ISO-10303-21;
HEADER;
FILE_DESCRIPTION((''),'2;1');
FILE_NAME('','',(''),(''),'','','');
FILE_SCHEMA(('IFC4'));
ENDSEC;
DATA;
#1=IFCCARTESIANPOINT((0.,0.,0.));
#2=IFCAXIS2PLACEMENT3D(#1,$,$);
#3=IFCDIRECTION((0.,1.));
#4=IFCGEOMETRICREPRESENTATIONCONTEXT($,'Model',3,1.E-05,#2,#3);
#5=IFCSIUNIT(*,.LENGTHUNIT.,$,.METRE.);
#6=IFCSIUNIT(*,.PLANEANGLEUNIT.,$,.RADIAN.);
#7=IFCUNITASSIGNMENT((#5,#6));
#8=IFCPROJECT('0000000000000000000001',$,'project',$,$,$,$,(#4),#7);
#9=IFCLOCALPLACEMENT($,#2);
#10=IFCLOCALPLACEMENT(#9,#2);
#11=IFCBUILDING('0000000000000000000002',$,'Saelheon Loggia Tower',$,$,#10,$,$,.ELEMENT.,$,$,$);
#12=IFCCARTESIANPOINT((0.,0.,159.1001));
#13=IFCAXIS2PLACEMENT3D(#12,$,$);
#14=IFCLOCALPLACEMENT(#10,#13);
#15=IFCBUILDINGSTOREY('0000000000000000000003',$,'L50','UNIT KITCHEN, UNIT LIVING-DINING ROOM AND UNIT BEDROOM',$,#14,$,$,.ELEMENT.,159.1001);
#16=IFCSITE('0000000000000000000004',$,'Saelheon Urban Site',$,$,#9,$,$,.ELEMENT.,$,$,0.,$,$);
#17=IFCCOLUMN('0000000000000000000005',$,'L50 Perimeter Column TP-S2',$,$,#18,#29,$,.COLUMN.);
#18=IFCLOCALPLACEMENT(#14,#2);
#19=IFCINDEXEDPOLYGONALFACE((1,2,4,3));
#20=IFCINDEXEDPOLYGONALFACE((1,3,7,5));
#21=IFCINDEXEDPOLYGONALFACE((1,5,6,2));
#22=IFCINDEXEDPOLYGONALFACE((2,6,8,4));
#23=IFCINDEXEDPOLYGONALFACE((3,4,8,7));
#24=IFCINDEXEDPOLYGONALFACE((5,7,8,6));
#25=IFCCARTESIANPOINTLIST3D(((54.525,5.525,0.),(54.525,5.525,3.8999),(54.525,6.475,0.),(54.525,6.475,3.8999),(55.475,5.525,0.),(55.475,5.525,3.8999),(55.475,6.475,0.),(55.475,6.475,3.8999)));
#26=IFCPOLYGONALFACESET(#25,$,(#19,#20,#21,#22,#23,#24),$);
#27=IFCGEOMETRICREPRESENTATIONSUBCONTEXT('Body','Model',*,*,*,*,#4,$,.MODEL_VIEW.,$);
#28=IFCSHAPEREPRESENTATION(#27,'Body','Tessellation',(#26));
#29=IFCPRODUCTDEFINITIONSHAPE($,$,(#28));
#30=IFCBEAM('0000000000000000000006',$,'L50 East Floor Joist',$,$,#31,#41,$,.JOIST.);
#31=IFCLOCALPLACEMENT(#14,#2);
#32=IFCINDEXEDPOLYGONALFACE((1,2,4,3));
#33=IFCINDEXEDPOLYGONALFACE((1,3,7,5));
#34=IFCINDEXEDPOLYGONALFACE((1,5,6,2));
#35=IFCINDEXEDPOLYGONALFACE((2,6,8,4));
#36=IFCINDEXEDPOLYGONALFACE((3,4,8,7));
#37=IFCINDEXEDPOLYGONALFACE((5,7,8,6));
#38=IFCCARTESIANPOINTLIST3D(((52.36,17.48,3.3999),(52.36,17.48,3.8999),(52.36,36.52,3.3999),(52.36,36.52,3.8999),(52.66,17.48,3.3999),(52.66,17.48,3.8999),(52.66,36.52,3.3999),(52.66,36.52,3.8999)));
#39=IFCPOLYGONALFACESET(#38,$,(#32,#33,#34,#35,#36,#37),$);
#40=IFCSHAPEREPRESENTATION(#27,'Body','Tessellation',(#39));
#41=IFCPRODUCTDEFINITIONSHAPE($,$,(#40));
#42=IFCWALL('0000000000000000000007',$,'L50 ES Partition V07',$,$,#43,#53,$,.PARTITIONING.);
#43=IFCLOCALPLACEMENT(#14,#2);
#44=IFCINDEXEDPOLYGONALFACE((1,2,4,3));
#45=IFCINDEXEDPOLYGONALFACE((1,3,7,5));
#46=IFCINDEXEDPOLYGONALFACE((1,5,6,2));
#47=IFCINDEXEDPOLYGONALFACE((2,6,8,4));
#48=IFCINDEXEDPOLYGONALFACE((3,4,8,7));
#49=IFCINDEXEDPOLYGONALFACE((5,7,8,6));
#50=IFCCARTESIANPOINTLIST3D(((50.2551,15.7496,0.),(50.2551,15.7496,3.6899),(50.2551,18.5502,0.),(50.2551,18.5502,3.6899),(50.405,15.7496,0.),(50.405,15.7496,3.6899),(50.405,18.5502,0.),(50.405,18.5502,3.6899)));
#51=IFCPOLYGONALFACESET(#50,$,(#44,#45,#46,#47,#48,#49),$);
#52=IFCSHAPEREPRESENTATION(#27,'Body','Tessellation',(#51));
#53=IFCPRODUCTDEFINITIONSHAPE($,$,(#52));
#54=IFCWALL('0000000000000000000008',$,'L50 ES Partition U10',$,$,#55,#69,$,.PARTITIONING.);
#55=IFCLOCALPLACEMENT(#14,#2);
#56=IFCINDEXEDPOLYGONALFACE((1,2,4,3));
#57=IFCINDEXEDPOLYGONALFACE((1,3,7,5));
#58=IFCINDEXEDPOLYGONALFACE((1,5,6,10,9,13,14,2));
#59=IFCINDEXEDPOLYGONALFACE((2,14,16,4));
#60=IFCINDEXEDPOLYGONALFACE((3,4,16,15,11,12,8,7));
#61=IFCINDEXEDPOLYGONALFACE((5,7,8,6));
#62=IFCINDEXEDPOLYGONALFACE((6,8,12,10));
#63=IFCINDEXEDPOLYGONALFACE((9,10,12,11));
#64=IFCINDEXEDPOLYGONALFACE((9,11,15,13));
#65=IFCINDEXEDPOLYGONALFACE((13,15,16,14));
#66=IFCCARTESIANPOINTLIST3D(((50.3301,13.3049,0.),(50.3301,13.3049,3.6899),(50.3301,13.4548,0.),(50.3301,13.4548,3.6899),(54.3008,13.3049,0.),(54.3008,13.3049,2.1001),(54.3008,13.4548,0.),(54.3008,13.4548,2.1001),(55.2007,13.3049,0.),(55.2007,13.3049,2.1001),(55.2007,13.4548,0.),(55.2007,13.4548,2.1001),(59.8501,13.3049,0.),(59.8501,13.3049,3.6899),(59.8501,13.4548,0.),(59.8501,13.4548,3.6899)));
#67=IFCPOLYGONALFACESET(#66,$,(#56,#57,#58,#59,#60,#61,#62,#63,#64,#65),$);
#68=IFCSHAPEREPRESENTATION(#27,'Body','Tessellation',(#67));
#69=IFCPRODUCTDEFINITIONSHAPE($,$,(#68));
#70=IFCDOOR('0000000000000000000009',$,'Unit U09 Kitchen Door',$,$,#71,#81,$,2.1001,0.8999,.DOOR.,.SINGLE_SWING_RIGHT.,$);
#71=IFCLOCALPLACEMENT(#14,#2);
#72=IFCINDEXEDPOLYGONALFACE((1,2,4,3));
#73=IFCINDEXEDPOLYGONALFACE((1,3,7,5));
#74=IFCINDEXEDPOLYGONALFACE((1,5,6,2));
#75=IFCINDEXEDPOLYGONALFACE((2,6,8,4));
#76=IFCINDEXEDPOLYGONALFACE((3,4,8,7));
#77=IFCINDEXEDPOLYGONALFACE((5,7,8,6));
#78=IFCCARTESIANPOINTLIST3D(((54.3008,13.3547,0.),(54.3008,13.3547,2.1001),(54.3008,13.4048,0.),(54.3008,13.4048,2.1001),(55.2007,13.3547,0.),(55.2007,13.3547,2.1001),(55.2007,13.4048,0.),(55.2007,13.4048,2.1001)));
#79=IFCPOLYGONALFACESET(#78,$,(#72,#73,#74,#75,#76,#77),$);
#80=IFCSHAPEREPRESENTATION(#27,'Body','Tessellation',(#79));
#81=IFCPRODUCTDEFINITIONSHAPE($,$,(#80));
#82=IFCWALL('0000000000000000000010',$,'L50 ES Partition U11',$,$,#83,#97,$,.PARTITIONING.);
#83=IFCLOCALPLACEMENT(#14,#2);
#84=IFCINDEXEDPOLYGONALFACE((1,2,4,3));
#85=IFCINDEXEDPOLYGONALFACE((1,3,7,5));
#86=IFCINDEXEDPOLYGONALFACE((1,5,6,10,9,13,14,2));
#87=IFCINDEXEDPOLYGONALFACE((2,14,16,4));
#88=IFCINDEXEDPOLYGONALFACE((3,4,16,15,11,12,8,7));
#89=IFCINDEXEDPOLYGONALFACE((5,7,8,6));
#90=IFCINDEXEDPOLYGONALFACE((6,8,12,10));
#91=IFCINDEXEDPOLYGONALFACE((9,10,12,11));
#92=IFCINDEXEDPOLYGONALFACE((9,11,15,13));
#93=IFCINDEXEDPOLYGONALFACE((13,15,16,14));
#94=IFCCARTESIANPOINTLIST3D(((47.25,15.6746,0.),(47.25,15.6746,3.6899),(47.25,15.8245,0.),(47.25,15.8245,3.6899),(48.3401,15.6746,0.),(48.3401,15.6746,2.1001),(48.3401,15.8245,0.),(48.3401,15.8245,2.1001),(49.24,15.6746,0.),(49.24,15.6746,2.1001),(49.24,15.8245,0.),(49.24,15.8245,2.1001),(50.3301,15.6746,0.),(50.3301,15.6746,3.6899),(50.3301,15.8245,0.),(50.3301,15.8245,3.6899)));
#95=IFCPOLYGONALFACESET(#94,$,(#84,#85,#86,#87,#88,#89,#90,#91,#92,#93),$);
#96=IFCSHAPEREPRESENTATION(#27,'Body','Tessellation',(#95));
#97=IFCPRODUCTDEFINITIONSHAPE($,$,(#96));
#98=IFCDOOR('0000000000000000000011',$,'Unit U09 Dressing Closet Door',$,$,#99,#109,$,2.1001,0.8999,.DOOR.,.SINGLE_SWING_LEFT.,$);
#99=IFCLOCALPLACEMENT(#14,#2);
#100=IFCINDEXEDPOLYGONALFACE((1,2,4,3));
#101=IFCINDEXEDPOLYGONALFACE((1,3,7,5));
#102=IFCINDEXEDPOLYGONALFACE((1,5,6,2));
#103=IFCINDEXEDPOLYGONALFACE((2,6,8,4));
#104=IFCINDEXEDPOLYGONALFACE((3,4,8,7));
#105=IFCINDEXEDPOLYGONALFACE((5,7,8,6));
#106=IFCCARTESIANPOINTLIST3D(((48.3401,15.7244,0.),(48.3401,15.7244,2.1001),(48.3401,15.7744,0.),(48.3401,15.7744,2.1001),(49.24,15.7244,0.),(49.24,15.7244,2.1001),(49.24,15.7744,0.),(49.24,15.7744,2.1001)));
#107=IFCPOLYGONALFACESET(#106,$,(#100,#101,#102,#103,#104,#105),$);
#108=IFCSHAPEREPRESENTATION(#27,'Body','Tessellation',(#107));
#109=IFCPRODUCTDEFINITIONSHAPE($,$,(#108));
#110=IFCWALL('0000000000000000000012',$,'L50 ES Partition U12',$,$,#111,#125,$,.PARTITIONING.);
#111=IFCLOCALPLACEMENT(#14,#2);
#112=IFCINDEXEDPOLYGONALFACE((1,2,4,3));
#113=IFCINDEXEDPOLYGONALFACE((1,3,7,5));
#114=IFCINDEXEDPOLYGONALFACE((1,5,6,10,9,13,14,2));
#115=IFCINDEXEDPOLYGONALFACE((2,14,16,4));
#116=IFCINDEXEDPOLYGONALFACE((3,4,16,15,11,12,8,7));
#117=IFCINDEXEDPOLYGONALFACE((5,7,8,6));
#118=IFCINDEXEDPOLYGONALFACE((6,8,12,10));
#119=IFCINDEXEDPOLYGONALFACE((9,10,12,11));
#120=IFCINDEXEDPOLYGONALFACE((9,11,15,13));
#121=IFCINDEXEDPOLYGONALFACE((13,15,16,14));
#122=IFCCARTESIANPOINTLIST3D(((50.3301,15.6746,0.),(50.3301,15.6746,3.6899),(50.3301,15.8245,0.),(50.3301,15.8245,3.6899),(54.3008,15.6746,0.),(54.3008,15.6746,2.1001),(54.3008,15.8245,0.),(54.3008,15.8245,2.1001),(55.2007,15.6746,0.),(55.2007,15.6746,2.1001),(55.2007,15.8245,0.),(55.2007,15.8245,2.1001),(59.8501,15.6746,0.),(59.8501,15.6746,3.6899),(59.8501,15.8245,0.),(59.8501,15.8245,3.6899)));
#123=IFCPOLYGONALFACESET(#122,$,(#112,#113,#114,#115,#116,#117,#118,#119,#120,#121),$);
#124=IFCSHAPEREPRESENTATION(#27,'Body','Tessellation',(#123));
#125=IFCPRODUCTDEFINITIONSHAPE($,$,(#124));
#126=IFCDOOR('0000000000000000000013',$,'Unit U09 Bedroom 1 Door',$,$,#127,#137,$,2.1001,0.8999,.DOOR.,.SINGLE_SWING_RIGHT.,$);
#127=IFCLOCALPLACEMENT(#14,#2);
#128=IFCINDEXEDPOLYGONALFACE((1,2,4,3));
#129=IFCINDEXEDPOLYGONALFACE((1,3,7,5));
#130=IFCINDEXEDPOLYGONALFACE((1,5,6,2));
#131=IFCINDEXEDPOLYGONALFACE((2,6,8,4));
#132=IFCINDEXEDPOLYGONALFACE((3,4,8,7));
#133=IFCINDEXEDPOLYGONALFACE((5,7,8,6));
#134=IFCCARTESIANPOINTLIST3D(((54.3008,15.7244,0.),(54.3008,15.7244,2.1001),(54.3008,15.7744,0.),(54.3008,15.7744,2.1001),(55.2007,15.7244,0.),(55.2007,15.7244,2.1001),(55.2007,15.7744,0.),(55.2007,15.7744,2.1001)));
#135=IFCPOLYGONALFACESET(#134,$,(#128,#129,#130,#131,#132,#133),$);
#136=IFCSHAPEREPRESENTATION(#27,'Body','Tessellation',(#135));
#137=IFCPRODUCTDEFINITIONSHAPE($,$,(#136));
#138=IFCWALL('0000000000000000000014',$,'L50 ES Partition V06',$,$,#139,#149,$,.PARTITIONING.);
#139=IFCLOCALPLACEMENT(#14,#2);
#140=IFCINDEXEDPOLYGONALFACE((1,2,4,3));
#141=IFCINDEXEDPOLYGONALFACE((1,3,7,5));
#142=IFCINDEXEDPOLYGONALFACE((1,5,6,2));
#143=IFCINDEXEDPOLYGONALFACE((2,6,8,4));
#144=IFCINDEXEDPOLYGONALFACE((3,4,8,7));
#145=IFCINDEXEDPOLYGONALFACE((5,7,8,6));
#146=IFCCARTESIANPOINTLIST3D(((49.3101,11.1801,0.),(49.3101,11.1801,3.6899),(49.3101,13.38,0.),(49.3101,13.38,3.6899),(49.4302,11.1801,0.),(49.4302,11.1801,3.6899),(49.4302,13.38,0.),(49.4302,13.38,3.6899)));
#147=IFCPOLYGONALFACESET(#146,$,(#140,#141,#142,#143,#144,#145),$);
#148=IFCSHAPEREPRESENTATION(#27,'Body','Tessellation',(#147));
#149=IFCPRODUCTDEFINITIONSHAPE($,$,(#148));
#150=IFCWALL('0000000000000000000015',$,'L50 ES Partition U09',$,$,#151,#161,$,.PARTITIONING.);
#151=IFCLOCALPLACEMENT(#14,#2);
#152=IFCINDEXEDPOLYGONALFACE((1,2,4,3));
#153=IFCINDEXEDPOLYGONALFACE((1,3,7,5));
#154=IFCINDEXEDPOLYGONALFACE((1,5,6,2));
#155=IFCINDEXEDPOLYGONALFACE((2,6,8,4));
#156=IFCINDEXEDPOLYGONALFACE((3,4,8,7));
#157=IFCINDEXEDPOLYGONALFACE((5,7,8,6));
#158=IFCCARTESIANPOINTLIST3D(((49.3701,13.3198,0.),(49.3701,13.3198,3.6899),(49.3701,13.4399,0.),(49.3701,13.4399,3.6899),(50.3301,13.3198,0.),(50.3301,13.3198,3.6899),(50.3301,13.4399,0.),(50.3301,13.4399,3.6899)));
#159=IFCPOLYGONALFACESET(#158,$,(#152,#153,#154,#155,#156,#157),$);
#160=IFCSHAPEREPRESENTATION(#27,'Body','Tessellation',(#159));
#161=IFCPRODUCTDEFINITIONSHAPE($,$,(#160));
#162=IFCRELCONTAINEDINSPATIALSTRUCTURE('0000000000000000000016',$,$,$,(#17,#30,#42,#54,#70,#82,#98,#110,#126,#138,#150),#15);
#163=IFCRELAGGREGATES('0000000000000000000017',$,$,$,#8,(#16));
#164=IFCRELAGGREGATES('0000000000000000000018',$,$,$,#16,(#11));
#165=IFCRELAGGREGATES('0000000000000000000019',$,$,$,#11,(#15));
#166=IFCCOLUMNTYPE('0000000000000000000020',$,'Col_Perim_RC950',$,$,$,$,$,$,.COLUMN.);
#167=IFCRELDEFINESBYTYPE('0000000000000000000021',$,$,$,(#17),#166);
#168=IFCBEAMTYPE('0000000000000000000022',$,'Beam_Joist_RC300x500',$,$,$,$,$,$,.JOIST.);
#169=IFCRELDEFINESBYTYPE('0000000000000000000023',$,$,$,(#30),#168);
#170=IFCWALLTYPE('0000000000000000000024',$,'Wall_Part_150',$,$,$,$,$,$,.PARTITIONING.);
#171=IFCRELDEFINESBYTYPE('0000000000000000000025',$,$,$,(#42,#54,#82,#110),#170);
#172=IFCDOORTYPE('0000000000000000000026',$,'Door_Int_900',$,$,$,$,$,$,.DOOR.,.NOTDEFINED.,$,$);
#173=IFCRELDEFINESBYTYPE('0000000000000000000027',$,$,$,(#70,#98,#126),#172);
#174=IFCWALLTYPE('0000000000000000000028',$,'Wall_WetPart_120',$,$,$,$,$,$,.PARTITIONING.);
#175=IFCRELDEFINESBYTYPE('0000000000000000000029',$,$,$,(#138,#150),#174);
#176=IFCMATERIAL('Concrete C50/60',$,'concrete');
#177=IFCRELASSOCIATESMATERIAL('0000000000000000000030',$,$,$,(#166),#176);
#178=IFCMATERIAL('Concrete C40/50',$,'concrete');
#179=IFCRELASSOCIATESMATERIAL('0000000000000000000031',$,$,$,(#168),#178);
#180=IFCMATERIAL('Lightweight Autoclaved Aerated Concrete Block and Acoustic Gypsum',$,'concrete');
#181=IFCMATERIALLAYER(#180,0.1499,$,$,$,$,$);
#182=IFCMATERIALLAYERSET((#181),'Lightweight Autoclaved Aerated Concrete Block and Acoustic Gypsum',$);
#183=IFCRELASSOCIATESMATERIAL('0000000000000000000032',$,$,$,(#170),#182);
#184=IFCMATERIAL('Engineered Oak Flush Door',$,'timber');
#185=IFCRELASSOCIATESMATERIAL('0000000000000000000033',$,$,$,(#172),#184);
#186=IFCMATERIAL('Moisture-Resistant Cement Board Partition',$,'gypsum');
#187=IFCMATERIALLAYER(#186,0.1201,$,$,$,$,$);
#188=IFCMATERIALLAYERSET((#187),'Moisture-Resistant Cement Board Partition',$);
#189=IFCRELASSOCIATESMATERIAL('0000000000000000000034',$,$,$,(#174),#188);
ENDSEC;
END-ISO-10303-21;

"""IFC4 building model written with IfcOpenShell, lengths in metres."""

from ifc_helpers import new_model, si_unit, direction, frame, frame_2d, origin, origin_2d, place, context, subcontext, project, spatial, rectangle, extrude, source, transform, mapped, material, layer, layer_set, material_profile, profile_set, type_object, element, fill, save


model = new_model("IFC4")

# Units and contexts
model_context = context("Model", 3, precision=1e-05, world=origin(), true_north=direction((0.0, 1.0)))
body_context = subcontext(model_context, "Body", "Model", "MODEL_VIEW")
ifc_project = project(units=[si_unit("LENGTHUNIT", "METRE"), si_unit("PLANEANGLEUNIT", "RADIAN")], contexts=[model_context])

# Site, building, storey
site_placement = place(None, origin())
site = spatial("IfcSite", under=ifc_project, at=site_placement, Name="Saelheon Urban Site", CompositionType="ELEMENT", RefElevation=0.0)
building_placement = place(site_placement, origin())
building = spatial("IfcBuilding", under=site, at=building_placement, Name="Saelheon Loggia Tower", CompositionType="ELEMENT")
storey_placement = place(building_placement, frame((0.0, 0.0, 159.1001)))
storey = spatial("IfcBuildingStorey", under=building, at=storey_placement, Name="L50", Description="UNIT KITCHEN, UNIT LIVING-DINING ROOM AND UNIT BEDROOM", CompositionType="ELEMENT", Elevation=159.1001)

# Column
ifc_material_1 = material(Name="Concrete C50/60", Category="concrete")
ifc_material_profile_1 = material_profile(ifc_material_1, rectangle(XDim=0.95, YDim=0.95, at=origin_2d()), Name="RC-950x950")
ifc_profile_set_1 = profile_set([ifc_material_profile_1], Name="Concrete C50/60")
column_type = type_object("IfcColumnType", Name="Col_Perim_RC950", PredefinedType="COLUMN", material=ifc_profile_set_1)
shared_shape_1 = source(origin(), body_context, "Body", "SweptSolid", [
    extrude(rectangle(XDim=0.95, YDim=0.95, at=origin_2d()), origin(), (0.0, 0.0, 1.0), 3.8999),
])
column_placement = place(storey_placement, frame((55.0, 6.0, 0.0), z_axis=(0.0, 0.0, 1.0), x_axis=(1.0, 0.0, 0.0)))
element("IfcColumn", 1, at=column_placement, inside=storey, type_object=column_type, Name="L50 Perimeter Column TP-S2", PredefinedType="COLUMN", context=body_context, shape_type="MappedRepresentation", body=[
    mapped(shared_shape_1, transform((0.0, 0.0, 0.0), scale=1.0)),
])

# Beam
ifc_material_2 = material(Name="Concrete C40/50", Category="concrete")
ifc_material_profile_2 = material_profile(ifc_material_2, rectangle(XDim=0.3, YDim=0.5, at=origin_2d()), Name="RC-300x500")
ifc_profile_set_2 = profile_set([ifc_material_profile_2], Name="Concrete C40/50")
beam_type = type_object("IfcBeamType", Name="Beam_Joist_RC300x500", PredefinedType="JOIST", material=ifc_profile_set_2)
shared_shape_2 = source(origin(), body_context, "Body", "SweptSolid", [
    extrude(rectangle(XDim=0.3, YDim=0.5, at=origin_2d()), origin(), (0.0, 0.0, 1.0), 19.04),
])
beam_placement = place(storey_placement, frame((52.51, 17.48, 3.6499), z_axis=(0.0, 1.0, 0.0), x_axis=(-1.0, 0.0, 0.0)))
element("IfcBeam", 2, at=beam_placement, inside=storey, type_object=beam_type, Name="L50 East Floor Joist", PredefinedType="JOIST", context=body_context, shape_type="MappedRepresentation", body=[
    mapped(shared_shape_2, transform((0.0, 0.0, 0.0), scale=1.0)),
])

# Wall
ifc_material_3 = material(Name="Lightweight Autoclaved Aerated Concrete Block and Acoustic Gypsum", Category="concrete")
ifc_layer_1 = layer(ifc_material_3, 0.1499)
ifc_layer_set_1 = layer_set([ifc_layer_1], Name="Lightweight Autoclaved Aerated Concrete Block and Acoustic Gypsum")
wall_type_1 = type_object("IfcWallType", Name="Wall_Part_150", PredefinedType="PARTITIONING", material=ifc_layer_set_1)
wall_1_placement = place(storey_placement, frame((50.3301, 15.7495, 0.0), z_axis=(0.0, 0.0, 1.0), x_axis=(0.0, 1.0, 0.0)))
element("IfcWall", 3, at=wall_1_placement, inside=storey, type_object=wall_type_1, Name="L50 ES Partition V07", PredefinedType="PARTITIONING", context=body_context, shape_type="SweptSolid", body=[
    extrude(rectangle(XDim=2.8005, YDim=0.1499, at=frame_2d((1.4004, 0.0))), origin(), (0.0, 0.0, 1.0), 3.6899),
])

# Walls, openings, doors
wall_2_placement = place(storey_placement, frame((50.3301, 13.3799, 0.0), z_axis=(0.0, 0.0, 1.0), x_axis=(1.0, 0.0, 0.0)))
wall_2 = element("IfcWall", 4, at=wall_2_placement, inside=storey, type_object=wall_type_1, Name="L50 ES Partition U10", PredefinedType="PARTITIONING", context=body_context, shape_type="SweptSolid", body=[
    extrude(rectangle(XDim=9.52, YDim=0.1499, at=frame_2d((4.76, 0.0))), origin(), (0.0, 0.0, 1.0), 3.6899),
])
opening_1_placement = place(wall_2_placement, frame((3.9707, 0.0, 0.0)))
opening_1 = element("IfcOpeningElement", 5, at=opening_1_placement, cuts=wall_2, PredefinedType="OPENING", context=body_context, shape_type="SweptSolid", body=[
    extrude(rectangle(XDim=0.8999, YDim=2.1001, at=frame_2d((0.45, 1.05))), frame((0.0, 0.0869, 0.0), z_axis=(0.0, -1.0, 0.0), x_axis=(1.0, 0.0, 0.0)), (0.0, 0.0, 1.0), 0.1738),
])
ifc_material_4 = material(Name="Engineered Oak Flush Door", Category="timber")
door_type = type_object("IfcDoorType", Name="Door_Int_900", OperationType="NOTDEFINED", PredefinedType="DOOR", material=ifc_material_4)
shared_shape_3 = source(origin(), body_context, "Body", "SweptSolid", [
    extrude(rectangle(XDim=0.8999, YDim=2.1001, at=frame_2d((0.45, 1.05))), frame((0.0, 0.0249, 0.0), z_axis=(0.0, -1.0, 0.0), x_axis=(1.0, 0.0, 0.0)), (0.0, 0.0, 1.0), 0.05),
])
door_1_placement = place(opening_1_placement, origin())
door_1 = element("IfcDoor", 6, at=door_1_placement, inside=storey, type_object=door_type, Name="Unit U09 Kitchen Door", OperationType="SINGLE_SWING_RIGHT", OverallHeight=2.1001, OverallWidth=0.8999, PredefinedType="DOOR", context=body_context, shape_type="MappedRepresentation", body=[
    mapped(shared_shape_3, transform((0.0, 0.0, 0.0), scale=1.0)),
])
fill(opening_1, door_1)
wall_3_placement = place(storey_placement, frame((47.25, 15.7495, 0.0), z_axis=(0.0, 0.0, 1.0), x_axis=(1.0, 0.0, 0.0)))
wall_3 = element("IfcWall", 7, at=wall_3_placement, inside=storey, type_object=wall_type_1, Name="L50 ES Partition U11", PredefinedType="PARTITIONING", context=body_context, shape_type="SweptSolid", body=[
    extrude(rectangle(XDim=3.0801, YDim=0.1499, at=frame_2d((1.54, 0.0))), origin(), (0.0, 0.0, 1.0), 3.6899),
])
opening_2_placement = place(wall_3_placement, frame((1.0901, 0.0, 0.0)))
opening_2 = element("IfcOpeningElement", 8, at=opening_2_placement, cuts=wall_3, PredefinedType="OPENING", context=body_context, shape_type="SweptSolid", body=[
    extrude(rectangle(XDim=0.8999, YDim=2.1001, at=frame_2d((0.45, 1.05))), frame((0.0, 0.0869, 0.0), z_axis=(0.0, -1.0, 0.0), x_axis=(1.0, 0.0, 0.0)), (0.0, 0.0, 1.0), 0.1738),
])
door_2_placement = place(opening_2_placement, origin())
door_2 = element("IfcDoor", 9, at=door_2_placement, inside=storey, type_object=door_type, Name="Unit U09 Dressing Closet Door", OperationType="SINGLE_SWING_LEFT", OverallHeight=2.1001, OverallWidth=0.8999, PredefinedType="DOOR", context=body_context, shape_type="MappedRepresentation", body=[
    mapped(shared_shape_3, transform((0.0, 0.0, 0.0), scale=1.0)),
])
fill(opening_2, door_2)
wall_4_placement = place(storey_placement, frame((50.3301, 15.7495, 0.0), z_axis=(0.0, 0.0, 1.0), x_axis=(1.0, 0.0, 0.0)))
wall_4 = element("IfcWall", 10, at=wall_4_placement, inside=storey, type_object=wall_type_1, Name="L50 ES Partition U12", PredefinedType="PARTITIONING", context=body_context, shape_type="SweptSolid", body=[
    extrude(rectangle(XDim=9.52, YDim=0.1499, at=frame_2d((4.76, 0.0))), origin(), (0.0, 0.0, 1.0), 3.6899),
])
opening_3_placement = place(wall_4_placement, frame((3.9707, 0.0, 0.0)))
opening_3 = element("IfcOpeningElement", 11, at=opening_3_placement, cuts=wall_4, PredefinedType="OPENING", context=body_context, shape_type="SweptSolid", body=[
    extrude(rectangle(XDim=0.8999, YDim=2.1001, at=frame_2d((0.45, 1.05))), frame((0.0, 0.0869, 0.0), z_axis=(0.0, -1.0, 0.0), x_axis=(1.0, 0.0, 0.0)), (0.0, 0.0, 1.0), 0.1738),
])
door_3_placement = place(opening_3_placement, origin())
door_3 = element("IfcDoor", 12, at=door_3_placement, inside=storey, type_object=door_type, Name="Unit U09 Bedroom 1 Door", OperationType="SINGLE_SWING_RIGHT", OverallHeight=2.1001, OverallWidth=0.8999, PredefinedType="DOOR", context=body_context, shape_type="MappedRepresentation", body=[
    mapped(shared_shape_3, transform((0.0, 0.0, 0.0), scale=1.0)),
])
fill(opening_3, door_3)

# Walls
ifc_material_5 = material(Name="Moisture-Resistant Cement Board Partition", Category="gypsum")
ifc_layer_2 = layer(ifc_material_5, 0.1201)
ifc_layer_set_2 = layer_set([ifc_layer_2], Name="Moisture-Resistant Cement Board Partition")
wall_type_2 = type_object("IfcWallType", Name="Wall_WetPart_120", PredefinedType="PARTITIONING", material=ifc_layer_set_2)
wall_5_placement = place(storey_placement, frame((49.3701, 11.1799, 0.0), z_axis=(0.0, 0.0, 1.0), x_axis=(0.0, 1.0, 0.0)))
element("IfcWall", 13, at=wall_5_placement, inside=storey, type_object=wall_type_2, Name="L50 ES Partition V06", PredefinedType="PARTITIONING", context=body_context, shape_type="SweptSolid", body=[
    extrude(rectangle(XDim=2.2, YDim=0.1201, at=frame_2d((1.1001, 0.0))), origin(), (0.0, 0.0, 1.0), 3.6899),
])
wall_6_placement = place(storey_placement, frame((49.3701, 13.3799, 0.0), z_axis=(0.0, 0.0, 1.0), x_axis=(1.0, 0.0, 0.0)))
element("IfcWall", 14, at=wall_6_placement, inside=storey, type_object=wall_type_2, Name="L50 ES Partition U09", PredefinedType="PARTITIONING", context=body_context, shape_type="SweptSolid", body=[
    extrude(rectangle(XDim=0.96, YDim=0.1201, at=frame_2d((0.48, 0.0))), origin(), (0.0, 0.0, 1.0), 3.6899),
])

save(model, "model.ifc")
